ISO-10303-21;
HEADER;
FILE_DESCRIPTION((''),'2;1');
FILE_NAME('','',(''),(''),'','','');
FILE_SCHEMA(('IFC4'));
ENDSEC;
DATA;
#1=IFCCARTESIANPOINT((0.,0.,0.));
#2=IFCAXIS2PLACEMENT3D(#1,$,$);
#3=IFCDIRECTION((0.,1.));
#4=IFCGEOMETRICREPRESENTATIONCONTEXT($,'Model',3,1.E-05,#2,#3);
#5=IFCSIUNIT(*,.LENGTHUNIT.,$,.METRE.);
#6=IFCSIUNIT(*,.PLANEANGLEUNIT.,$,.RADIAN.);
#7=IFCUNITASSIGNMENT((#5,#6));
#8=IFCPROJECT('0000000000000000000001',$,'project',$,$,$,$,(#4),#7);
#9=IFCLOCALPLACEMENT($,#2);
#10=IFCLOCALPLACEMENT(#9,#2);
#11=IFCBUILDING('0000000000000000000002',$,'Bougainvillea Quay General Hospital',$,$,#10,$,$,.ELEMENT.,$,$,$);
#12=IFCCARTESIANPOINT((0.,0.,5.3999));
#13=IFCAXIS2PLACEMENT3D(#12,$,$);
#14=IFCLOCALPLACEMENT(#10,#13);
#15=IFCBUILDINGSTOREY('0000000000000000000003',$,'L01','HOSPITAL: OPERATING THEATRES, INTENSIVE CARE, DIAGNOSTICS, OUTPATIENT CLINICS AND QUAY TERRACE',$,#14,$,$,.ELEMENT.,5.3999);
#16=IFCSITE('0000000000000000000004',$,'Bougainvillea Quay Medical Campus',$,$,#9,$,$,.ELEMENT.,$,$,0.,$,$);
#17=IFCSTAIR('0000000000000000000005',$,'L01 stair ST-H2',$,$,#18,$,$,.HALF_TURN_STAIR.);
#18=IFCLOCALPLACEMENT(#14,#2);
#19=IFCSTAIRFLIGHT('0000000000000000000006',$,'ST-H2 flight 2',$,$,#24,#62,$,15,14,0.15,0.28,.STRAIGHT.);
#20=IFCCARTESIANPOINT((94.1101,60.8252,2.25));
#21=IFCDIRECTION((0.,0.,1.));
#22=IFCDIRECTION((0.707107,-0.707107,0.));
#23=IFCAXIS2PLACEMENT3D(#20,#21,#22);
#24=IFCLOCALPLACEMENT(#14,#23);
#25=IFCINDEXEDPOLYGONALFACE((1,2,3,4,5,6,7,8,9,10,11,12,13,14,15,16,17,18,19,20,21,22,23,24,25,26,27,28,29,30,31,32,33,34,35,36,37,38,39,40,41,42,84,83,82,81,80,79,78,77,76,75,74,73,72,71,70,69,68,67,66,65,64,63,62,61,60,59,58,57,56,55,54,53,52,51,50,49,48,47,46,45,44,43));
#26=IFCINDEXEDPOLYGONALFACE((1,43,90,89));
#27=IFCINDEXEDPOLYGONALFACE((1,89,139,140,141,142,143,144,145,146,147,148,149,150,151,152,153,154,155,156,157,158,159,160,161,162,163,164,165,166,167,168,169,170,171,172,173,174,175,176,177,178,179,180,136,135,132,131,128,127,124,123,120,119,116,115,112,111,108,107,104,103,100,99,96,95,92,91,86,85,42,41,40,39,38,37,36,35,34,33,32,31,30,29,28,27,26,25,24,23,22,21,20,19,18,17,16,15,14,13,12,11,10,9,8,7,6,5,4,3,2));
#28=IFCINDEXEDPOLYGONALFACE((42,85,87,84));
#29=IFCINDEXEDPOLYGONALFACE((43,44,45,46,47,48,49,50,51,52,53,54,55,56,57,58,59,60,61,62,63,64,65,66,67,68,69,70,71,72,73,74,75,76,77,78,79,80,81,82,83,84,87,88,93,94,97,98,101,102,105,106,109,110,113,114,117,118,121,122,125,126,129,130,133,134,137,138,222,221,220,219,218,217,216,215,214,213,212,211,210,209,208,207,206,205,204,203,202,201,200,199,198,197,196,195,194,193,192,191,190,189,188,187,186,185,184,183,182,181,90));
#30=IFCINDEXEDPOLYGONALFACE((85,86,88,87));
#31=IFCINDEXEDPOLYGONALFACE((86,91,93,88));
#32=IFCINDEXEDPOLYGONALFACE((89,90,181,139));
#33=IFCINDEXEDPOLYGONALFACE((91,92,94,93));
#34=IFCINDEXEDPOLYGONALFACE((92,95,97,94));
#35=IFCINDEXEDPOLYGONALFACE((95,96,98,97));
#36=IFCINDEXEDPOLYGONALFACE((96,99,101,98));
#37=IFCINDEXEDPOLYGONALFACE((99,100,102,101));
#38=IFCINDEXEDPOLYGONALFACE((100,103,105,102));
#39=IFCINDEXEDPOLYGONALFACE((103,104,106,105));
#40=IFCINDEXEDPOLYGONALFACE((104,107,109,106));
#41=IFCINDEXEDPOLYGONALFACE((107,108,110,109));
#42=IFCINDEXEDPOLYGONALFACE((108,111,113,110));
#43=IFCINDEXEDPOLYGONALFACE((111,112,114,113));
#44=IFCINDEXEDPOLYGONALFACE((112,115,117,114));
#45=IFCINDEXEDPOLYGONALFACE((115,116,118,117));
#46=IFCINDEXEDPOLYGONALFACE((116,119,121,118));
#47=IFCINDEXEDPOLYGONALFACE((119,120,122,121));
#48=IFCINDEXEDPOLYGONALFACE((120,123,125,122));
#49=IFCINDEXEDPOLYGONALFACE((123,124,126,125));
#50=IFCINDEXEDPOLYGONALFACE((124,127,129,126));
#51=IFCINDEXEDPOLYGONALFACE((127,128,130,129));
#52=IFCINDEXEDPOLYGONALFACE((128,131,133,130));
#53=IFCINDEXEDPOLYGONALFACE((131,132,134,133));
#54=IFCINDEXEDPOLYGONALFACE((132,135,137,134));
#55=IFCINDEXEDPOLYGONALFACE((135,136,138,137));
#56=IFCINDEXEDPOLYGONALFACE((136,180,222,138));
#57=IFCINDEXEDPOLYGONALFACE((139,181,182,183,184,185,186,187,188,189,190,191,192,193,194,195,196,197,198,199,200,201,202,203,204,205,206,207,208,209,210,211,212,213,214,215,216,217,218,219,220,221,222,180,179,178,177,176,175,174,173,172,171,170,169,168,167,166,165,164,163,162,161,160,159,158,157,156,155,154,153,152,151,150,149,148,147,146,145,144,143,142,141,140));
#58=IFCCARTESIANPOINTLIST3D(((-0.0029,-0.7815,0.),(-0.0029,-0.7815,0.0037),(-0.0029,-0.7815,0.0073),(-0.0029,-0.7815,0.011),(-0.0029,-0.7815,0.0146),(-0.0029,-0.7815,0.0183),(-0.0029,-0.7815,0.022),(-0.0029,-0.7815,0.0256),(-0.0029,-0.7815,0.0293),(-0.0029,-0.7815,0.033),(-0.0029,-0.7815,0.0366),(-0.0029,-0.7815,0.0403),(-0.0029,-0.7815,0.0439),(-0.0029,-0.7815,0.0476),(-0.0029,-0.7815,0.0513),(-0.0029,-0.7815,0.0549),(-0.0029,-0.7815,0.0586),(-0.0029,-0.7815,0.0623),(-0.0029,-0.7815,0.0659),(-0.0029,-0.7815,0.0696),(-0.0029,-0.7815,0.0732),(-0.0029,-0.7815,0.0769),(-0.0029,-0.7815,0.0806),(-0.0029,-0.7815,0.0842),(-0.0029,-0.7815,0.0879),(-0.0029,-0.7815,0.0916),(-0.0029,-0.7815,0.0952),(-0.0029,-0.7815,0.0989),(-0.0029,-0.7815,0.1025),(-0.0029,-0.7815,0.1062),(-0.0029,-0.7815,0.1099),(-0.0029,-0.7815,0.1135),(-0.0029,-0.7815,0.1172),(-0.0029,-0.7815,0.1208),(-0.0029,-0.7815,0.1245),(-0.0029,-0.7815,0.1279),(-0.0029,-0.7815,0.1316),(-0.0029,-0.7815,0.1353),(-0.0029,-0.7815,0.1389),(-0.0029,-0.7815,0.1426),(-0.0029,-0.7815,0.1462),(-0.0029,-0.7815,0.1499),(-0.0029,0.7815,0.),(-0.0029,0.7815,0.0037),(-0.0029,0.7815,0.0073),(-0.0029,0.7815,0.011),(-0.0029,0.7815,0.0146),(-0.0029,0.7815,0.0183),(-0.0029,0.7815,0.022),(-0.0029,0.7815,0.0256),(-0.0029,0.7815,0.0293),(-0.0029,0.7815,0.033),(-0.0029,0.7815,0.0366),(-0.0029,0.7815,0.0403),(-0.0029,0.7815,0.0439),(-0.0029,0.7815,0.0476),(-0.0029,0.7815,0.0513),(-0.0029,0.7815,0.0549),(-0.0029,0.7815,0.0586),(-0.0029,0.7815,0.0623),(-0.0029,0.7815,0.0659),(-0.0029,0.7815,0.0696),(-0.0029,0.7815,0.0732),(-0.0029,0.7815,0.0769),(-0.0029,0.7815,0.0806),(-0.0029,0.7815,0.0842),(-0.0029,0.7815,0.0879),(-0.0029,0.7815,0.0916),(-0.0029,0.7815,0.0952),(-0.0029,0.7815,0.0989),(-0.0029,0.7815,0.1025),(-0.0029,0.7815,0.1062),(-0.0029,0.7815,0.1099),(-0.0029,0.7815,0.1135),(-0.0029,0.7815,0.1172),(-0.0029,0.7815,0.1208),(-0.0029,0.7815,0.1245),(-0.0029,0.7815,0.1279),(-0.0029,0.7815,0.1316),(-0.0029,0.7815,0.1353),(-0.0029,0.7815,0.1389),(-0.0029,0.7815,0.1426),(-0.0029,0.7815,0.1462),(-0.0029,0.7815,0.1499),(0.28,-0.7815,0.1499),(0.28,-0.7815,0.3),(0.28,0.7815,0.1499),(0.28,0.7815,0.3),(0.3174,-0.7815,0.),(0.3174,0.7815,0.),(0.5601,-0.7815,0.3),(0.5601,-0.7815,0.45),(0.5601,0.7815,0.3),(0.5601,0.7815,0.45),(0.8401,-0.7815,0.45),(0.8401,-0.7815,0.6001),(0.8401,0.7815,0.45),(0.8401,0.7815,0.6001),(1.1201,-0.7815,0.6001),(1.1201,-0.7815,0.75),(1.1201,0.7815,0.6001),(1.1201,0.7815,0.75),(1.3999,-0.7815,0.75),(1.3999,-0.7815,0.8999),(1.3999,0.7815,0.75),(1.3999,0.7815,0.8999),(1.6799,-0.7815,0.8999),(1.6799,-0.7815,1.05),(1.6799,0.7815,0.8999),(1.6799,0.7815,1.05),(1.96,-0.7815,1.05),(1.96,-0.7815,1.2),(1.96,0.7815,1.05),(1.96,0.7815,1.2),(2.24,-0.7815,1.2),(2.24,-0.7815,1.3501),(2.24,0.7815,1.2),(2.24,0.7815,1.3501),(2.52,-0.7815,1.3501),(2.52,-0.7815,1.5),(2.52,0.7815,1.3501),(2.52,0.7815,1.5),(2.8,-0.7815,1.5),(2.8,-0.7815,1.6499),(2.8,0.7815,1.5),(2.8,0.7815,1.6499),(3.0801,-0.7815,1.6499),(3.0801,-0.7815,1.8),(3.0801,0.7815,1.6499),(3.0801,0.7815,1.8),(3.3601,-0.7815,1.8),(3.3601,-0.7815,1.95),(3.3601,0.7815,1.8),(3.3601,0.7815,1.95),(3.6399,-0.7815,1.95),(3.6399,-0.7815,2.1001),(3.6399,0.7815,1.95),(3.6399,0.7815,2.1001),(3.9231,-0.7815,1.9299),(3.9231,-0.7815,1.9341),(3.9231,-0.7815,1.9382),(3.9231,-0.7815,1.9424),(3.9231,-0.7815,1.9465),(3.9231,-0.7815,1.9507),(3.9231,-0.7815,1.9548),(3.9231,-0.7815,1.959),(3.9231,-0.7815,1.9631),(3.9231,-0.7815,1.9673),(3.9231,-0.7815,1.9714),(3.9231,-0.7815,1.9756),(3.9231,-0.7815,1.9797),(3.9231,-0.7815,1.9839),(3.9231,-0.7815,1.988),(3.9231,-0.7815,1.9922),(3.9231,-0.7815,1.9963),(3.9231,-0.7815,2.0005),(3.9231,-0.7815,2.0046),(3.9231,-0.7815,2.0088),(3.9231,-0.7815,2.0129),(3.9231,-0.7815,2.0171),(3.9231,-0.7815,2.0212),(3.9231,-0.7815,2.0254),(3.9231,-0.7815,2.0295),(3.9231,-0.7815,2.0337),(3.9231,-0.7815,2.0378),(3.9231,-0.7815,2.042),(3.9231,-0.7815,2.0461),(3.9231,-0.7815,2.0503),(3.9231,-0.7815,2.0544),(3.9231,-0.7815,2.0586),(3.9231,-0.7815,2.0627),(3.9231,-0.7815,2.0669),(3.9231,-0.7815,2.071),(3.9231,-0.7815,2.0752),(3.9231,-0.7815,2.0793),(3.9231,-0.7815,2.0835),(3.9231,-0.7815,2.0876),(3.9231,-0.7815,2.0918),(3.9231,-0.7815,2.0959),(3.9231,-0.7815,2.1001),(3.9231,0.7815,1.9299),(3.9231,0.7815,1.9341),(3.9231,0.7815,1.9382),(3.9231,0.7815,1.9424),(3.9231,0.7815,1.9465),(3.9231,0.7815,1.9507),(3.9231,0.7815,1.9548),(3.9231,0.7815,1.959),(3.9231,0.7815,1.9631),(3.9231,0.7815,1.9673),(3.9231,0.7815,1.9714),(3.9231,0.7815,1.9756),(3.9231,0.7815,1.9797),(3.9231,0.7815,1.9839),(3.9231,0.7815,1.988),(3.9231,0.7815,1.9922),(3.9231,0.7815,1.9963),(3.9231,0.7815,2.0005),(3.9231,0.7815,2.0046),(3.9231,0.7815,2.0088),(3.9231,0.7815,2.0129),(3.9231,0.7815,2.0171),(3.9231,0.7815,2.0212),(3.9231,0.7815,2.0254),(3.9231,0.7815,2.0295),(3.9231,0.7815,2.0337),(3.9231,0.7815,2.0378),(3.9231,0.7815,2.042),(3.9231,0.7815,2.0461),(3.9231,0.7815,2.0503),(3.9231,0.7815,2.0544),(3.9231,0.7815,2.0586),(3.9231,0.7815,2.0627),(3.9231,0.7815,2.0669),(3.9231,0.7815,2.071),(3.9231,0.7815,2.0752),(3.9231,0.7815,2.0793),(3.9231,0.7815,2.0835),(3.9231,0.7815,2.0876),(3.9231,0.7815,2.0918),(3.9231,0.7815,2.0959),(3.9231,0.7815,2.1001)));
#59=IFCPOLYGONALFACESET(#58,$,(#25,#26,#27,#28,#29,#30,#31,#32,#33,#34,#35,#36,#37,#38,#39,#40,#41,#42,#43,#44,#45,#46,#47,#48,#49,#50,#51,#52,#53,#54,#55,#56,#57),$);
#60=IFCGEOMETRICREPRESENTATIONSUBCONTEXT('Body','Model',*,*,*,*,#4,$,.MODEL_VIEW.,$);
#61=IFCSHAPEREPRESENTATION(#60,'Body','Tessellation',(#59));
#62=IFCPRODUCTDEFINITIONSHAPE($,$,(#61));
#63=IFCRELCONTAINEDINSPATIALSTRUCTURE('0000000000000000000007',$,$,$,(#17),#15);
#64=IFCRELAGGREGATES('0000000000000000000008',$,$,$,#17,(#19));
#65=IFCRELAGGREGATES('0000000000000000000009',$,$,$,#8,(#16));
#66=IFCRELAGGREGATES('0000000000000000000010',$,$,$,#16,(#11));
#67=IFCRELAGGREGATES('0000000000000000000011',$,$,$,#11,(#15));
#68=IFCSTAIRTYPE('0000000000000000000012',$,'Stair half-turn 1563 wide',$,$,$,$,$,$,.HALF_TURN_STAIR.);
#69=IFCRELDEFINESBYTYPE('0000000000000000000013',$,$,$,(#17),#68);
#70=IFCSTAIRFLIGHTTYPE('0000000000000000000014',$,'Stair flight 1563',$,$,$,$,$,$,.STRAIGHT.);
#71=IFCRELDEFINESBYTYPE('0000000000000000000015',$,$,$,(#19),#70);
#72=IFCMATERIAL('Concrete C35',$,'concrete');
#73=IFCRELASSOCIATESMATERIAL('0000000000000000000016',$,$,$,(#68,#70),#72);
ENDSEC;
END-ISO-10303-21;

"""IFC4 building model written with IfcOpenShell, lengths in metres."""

from ifc_helpers import new_model, si_unit, direction, frame, origin, place, context, subcontext, project, spatial, polyline, outline, extrude, material, type_object, element, aggregate, save


model = new_model("IFC4")

# Units and contexts
model_context = context("Model", 3, precision=1e-05, world=origin(), true_north=direction((0.0, 1.0)))
body_context = subcontext(model_context, "Body", "Model", "MODEL_VIEW")
ifc_project = project(units=[si_unit("LENGTHUNIT", "METRE"), si_unit("PLANEANGLEUNIT", "RADIAN")], contexts=[model_context])

# Site, building, storey
site_placement = place(None, origin())
site = spatial("IfcSite", under=ifc_project, at=site_placement, Name="Bougainvillea Quay Medical Campus", CompositionType="ELEMENT", RefElevation=0.0)
building_placement = place(site_placement, origin())
building = spatial("IfcBuilding", under=site, at=building_placement, Name="Bougainvillea Quay General Hospital", CompositionType="ELEMENT")
storey_placement = place(building_placement, frame((0.0, 0.0, 5.3999)))
storey = spatial("IfcBuildingStorey", under=building, at=storey_placement, Name="L01", Description="HOSPITAL: OPERATING THEATRES, INTENSIVE CARE, DIAGNOSTICS, OUTPATIENT CLINICS AND QUAY TERRACE", CompositionType="ELEMENT", Elevation=5.3999)

# Stair, stair flight
ifc_material_1 = material(Name="Concrete C35", Category="concrete")
stair_type = type_object("IfcStairType", Name="Stair half-turn 1563 wide", PredefinedType="HALF_TURN_STAIR", material=ifc_material_1)
stair_placement = place(storey_placement, origin())
stair = element("IfcStair", 1, at=stair_placement, inside=storey, type_object=stair_type, Name="L01 stair ST-H2", PredefinedType="HALF_TURN_STAIR")
stair_flight_type = type_object("IfcStairFlightType", Name="Stair flight 1563", PredefinedType="STRAIGHT", material=ifc_material_1)
stair_flight_placement = place(storey_placement, frame((94.1101, 60.8252, 2.25), z_axis=(0.0, 0.0, 1.0), x_axis=(0.707107, -0.707107, 0.0)))
stair_flight = element("IfcStairFlight", 2, at=stair_flight_placement, type_object=stair_flight_type, Name="ST-H2 flight 2", NumberOfRisers=15, NumberOfTreads=14, PredefinedType="STRAIGHT", RiserHeight=0.15, TreadLength=0.28, context=body_context, shape_type="SweptSolid", body=[
    extrude(outline(polyline([(-0.0029, 0.0), (-0.0029, 0.0037), (-0.0029, 0.0073), (-0.0029, 0.011), (-0.0029, 0.0146), (-0.0029, 0.0183), (-0.0029, 0.022), (-0.0029, 0.0256), (-0.0029, 0.0293), (-0.0029, 0.033), (-0.0029, 0.0366), (-0.0029, 0.0403), (-0.0029, 0.0439), (-0.0029, 0.0476), (-0.0029, 0.0513), (-0.0029, 0.0549), (-0.0029, 0.0586), (-0.0029, 0.0623), (-0.0029, 0.0659), (-0.0029, 0.0696), (-0.0029, 0.0732), (-0.0029, 0.0769), (-0.0029, 0.0806), (-0.0029, 0.0842), (-0.0029, 0.0879), (-0.0029, 0.0916), (-0.0029, 0.0952), (-0.0029, 0.0989), (-0.0029, 0.1025), (-0.0029, 0.1062), (-0.0029, 0.1099), (-0.0029, 0.1135), (-0.0029, 0.1172), (-0.0029, 0.1208), (-0.0029, 0.1245), (-0.0029, 0.1279), (-0.0029, 0.1316), (-0.0029, 0.1353), (-0.0029, 0.1389), (-0.0029, 0.1426), (-0.0029, 0.1462), (-0.0029, 0.1499), (0.28, 0.1499), (0.28, 0.3), (0.5601, 0.3), (0.5601, 0.45), (0.8401, 0.45), (0.8401, 0.6001), (1.1201, 0.6001), (1.1201, 0.75), (1.3999, 0.75), (1.3999, 0.8999), (1.6799, 0.8999), (1.6799, 1.05), (1.96, 1.05), (1.96, 1.2), (2.24, 1.2), (2.24, 1.3501), (2.52, 1.3501), (2.52, 1.5), (2.8, 1.5), (2.8, 1.6499), (3.0801, 1.6499), (3.0801, 1.8), (3.3601, 1.8), (3.3601, 1.95), (3.6399, 1.95), (3.6399, 2.1001), (3.9231, 2.1001), (3.9231, 2.0959), (3.9231, 2.0918), (3.9231, 2.0876), (3.9231, 2.0835), (3.9231, 2.0793), (3.9231, 2.0752), (3.9231, 2.071), (3.9231, 2.0669), (3.9231, 2.0627), (3.9231, 2.0586), (3.9231, 2.0544), (3.9231, 2.0503), (3.9231, 2.0461), (3.9231, 2.042), (3.9231, 2.0378), (3.9231, 2.0337), (3.9231, 2.0295), (3.9231, 2.0254), (3.9231, 2.0212), (3.9231, 2.0171), (3.9231, 2.0129), (3.9231, 2.0088), (3.9231, 2.0046), (3.9231, 2.0005), (3.9231, 1.9963), (3.9231, 1.9922), (3.9231, 1.988), (3.9231, 1.9839), (3.9231, 1.9797), (3.9231, 1.9756), (3.9231, 1.9714), (3.9231, 1.9673), (3.9231, 1.9631), (3.9231, 1.959), (3.9231, 1.9548), (3.9231, 1.9507), (3.9231, 1.9465), (3.9231, 1.9424), (3.9231, 1.9382), (3.9231, 1.9341), (3.9231, 1.9299), (0.3174, 0.0), (-0.0029, 0.0)])), frame((0.0, 0.7815, 0.0), z_axis=(0.0, -1.0, 0.0), x_axis=(1.0, 0.0, 0.0)), (0.0, 0.0, 1.0), 1.563),
])
aggregate(stair, [stair_flight])

save(model, "model.ifc")
